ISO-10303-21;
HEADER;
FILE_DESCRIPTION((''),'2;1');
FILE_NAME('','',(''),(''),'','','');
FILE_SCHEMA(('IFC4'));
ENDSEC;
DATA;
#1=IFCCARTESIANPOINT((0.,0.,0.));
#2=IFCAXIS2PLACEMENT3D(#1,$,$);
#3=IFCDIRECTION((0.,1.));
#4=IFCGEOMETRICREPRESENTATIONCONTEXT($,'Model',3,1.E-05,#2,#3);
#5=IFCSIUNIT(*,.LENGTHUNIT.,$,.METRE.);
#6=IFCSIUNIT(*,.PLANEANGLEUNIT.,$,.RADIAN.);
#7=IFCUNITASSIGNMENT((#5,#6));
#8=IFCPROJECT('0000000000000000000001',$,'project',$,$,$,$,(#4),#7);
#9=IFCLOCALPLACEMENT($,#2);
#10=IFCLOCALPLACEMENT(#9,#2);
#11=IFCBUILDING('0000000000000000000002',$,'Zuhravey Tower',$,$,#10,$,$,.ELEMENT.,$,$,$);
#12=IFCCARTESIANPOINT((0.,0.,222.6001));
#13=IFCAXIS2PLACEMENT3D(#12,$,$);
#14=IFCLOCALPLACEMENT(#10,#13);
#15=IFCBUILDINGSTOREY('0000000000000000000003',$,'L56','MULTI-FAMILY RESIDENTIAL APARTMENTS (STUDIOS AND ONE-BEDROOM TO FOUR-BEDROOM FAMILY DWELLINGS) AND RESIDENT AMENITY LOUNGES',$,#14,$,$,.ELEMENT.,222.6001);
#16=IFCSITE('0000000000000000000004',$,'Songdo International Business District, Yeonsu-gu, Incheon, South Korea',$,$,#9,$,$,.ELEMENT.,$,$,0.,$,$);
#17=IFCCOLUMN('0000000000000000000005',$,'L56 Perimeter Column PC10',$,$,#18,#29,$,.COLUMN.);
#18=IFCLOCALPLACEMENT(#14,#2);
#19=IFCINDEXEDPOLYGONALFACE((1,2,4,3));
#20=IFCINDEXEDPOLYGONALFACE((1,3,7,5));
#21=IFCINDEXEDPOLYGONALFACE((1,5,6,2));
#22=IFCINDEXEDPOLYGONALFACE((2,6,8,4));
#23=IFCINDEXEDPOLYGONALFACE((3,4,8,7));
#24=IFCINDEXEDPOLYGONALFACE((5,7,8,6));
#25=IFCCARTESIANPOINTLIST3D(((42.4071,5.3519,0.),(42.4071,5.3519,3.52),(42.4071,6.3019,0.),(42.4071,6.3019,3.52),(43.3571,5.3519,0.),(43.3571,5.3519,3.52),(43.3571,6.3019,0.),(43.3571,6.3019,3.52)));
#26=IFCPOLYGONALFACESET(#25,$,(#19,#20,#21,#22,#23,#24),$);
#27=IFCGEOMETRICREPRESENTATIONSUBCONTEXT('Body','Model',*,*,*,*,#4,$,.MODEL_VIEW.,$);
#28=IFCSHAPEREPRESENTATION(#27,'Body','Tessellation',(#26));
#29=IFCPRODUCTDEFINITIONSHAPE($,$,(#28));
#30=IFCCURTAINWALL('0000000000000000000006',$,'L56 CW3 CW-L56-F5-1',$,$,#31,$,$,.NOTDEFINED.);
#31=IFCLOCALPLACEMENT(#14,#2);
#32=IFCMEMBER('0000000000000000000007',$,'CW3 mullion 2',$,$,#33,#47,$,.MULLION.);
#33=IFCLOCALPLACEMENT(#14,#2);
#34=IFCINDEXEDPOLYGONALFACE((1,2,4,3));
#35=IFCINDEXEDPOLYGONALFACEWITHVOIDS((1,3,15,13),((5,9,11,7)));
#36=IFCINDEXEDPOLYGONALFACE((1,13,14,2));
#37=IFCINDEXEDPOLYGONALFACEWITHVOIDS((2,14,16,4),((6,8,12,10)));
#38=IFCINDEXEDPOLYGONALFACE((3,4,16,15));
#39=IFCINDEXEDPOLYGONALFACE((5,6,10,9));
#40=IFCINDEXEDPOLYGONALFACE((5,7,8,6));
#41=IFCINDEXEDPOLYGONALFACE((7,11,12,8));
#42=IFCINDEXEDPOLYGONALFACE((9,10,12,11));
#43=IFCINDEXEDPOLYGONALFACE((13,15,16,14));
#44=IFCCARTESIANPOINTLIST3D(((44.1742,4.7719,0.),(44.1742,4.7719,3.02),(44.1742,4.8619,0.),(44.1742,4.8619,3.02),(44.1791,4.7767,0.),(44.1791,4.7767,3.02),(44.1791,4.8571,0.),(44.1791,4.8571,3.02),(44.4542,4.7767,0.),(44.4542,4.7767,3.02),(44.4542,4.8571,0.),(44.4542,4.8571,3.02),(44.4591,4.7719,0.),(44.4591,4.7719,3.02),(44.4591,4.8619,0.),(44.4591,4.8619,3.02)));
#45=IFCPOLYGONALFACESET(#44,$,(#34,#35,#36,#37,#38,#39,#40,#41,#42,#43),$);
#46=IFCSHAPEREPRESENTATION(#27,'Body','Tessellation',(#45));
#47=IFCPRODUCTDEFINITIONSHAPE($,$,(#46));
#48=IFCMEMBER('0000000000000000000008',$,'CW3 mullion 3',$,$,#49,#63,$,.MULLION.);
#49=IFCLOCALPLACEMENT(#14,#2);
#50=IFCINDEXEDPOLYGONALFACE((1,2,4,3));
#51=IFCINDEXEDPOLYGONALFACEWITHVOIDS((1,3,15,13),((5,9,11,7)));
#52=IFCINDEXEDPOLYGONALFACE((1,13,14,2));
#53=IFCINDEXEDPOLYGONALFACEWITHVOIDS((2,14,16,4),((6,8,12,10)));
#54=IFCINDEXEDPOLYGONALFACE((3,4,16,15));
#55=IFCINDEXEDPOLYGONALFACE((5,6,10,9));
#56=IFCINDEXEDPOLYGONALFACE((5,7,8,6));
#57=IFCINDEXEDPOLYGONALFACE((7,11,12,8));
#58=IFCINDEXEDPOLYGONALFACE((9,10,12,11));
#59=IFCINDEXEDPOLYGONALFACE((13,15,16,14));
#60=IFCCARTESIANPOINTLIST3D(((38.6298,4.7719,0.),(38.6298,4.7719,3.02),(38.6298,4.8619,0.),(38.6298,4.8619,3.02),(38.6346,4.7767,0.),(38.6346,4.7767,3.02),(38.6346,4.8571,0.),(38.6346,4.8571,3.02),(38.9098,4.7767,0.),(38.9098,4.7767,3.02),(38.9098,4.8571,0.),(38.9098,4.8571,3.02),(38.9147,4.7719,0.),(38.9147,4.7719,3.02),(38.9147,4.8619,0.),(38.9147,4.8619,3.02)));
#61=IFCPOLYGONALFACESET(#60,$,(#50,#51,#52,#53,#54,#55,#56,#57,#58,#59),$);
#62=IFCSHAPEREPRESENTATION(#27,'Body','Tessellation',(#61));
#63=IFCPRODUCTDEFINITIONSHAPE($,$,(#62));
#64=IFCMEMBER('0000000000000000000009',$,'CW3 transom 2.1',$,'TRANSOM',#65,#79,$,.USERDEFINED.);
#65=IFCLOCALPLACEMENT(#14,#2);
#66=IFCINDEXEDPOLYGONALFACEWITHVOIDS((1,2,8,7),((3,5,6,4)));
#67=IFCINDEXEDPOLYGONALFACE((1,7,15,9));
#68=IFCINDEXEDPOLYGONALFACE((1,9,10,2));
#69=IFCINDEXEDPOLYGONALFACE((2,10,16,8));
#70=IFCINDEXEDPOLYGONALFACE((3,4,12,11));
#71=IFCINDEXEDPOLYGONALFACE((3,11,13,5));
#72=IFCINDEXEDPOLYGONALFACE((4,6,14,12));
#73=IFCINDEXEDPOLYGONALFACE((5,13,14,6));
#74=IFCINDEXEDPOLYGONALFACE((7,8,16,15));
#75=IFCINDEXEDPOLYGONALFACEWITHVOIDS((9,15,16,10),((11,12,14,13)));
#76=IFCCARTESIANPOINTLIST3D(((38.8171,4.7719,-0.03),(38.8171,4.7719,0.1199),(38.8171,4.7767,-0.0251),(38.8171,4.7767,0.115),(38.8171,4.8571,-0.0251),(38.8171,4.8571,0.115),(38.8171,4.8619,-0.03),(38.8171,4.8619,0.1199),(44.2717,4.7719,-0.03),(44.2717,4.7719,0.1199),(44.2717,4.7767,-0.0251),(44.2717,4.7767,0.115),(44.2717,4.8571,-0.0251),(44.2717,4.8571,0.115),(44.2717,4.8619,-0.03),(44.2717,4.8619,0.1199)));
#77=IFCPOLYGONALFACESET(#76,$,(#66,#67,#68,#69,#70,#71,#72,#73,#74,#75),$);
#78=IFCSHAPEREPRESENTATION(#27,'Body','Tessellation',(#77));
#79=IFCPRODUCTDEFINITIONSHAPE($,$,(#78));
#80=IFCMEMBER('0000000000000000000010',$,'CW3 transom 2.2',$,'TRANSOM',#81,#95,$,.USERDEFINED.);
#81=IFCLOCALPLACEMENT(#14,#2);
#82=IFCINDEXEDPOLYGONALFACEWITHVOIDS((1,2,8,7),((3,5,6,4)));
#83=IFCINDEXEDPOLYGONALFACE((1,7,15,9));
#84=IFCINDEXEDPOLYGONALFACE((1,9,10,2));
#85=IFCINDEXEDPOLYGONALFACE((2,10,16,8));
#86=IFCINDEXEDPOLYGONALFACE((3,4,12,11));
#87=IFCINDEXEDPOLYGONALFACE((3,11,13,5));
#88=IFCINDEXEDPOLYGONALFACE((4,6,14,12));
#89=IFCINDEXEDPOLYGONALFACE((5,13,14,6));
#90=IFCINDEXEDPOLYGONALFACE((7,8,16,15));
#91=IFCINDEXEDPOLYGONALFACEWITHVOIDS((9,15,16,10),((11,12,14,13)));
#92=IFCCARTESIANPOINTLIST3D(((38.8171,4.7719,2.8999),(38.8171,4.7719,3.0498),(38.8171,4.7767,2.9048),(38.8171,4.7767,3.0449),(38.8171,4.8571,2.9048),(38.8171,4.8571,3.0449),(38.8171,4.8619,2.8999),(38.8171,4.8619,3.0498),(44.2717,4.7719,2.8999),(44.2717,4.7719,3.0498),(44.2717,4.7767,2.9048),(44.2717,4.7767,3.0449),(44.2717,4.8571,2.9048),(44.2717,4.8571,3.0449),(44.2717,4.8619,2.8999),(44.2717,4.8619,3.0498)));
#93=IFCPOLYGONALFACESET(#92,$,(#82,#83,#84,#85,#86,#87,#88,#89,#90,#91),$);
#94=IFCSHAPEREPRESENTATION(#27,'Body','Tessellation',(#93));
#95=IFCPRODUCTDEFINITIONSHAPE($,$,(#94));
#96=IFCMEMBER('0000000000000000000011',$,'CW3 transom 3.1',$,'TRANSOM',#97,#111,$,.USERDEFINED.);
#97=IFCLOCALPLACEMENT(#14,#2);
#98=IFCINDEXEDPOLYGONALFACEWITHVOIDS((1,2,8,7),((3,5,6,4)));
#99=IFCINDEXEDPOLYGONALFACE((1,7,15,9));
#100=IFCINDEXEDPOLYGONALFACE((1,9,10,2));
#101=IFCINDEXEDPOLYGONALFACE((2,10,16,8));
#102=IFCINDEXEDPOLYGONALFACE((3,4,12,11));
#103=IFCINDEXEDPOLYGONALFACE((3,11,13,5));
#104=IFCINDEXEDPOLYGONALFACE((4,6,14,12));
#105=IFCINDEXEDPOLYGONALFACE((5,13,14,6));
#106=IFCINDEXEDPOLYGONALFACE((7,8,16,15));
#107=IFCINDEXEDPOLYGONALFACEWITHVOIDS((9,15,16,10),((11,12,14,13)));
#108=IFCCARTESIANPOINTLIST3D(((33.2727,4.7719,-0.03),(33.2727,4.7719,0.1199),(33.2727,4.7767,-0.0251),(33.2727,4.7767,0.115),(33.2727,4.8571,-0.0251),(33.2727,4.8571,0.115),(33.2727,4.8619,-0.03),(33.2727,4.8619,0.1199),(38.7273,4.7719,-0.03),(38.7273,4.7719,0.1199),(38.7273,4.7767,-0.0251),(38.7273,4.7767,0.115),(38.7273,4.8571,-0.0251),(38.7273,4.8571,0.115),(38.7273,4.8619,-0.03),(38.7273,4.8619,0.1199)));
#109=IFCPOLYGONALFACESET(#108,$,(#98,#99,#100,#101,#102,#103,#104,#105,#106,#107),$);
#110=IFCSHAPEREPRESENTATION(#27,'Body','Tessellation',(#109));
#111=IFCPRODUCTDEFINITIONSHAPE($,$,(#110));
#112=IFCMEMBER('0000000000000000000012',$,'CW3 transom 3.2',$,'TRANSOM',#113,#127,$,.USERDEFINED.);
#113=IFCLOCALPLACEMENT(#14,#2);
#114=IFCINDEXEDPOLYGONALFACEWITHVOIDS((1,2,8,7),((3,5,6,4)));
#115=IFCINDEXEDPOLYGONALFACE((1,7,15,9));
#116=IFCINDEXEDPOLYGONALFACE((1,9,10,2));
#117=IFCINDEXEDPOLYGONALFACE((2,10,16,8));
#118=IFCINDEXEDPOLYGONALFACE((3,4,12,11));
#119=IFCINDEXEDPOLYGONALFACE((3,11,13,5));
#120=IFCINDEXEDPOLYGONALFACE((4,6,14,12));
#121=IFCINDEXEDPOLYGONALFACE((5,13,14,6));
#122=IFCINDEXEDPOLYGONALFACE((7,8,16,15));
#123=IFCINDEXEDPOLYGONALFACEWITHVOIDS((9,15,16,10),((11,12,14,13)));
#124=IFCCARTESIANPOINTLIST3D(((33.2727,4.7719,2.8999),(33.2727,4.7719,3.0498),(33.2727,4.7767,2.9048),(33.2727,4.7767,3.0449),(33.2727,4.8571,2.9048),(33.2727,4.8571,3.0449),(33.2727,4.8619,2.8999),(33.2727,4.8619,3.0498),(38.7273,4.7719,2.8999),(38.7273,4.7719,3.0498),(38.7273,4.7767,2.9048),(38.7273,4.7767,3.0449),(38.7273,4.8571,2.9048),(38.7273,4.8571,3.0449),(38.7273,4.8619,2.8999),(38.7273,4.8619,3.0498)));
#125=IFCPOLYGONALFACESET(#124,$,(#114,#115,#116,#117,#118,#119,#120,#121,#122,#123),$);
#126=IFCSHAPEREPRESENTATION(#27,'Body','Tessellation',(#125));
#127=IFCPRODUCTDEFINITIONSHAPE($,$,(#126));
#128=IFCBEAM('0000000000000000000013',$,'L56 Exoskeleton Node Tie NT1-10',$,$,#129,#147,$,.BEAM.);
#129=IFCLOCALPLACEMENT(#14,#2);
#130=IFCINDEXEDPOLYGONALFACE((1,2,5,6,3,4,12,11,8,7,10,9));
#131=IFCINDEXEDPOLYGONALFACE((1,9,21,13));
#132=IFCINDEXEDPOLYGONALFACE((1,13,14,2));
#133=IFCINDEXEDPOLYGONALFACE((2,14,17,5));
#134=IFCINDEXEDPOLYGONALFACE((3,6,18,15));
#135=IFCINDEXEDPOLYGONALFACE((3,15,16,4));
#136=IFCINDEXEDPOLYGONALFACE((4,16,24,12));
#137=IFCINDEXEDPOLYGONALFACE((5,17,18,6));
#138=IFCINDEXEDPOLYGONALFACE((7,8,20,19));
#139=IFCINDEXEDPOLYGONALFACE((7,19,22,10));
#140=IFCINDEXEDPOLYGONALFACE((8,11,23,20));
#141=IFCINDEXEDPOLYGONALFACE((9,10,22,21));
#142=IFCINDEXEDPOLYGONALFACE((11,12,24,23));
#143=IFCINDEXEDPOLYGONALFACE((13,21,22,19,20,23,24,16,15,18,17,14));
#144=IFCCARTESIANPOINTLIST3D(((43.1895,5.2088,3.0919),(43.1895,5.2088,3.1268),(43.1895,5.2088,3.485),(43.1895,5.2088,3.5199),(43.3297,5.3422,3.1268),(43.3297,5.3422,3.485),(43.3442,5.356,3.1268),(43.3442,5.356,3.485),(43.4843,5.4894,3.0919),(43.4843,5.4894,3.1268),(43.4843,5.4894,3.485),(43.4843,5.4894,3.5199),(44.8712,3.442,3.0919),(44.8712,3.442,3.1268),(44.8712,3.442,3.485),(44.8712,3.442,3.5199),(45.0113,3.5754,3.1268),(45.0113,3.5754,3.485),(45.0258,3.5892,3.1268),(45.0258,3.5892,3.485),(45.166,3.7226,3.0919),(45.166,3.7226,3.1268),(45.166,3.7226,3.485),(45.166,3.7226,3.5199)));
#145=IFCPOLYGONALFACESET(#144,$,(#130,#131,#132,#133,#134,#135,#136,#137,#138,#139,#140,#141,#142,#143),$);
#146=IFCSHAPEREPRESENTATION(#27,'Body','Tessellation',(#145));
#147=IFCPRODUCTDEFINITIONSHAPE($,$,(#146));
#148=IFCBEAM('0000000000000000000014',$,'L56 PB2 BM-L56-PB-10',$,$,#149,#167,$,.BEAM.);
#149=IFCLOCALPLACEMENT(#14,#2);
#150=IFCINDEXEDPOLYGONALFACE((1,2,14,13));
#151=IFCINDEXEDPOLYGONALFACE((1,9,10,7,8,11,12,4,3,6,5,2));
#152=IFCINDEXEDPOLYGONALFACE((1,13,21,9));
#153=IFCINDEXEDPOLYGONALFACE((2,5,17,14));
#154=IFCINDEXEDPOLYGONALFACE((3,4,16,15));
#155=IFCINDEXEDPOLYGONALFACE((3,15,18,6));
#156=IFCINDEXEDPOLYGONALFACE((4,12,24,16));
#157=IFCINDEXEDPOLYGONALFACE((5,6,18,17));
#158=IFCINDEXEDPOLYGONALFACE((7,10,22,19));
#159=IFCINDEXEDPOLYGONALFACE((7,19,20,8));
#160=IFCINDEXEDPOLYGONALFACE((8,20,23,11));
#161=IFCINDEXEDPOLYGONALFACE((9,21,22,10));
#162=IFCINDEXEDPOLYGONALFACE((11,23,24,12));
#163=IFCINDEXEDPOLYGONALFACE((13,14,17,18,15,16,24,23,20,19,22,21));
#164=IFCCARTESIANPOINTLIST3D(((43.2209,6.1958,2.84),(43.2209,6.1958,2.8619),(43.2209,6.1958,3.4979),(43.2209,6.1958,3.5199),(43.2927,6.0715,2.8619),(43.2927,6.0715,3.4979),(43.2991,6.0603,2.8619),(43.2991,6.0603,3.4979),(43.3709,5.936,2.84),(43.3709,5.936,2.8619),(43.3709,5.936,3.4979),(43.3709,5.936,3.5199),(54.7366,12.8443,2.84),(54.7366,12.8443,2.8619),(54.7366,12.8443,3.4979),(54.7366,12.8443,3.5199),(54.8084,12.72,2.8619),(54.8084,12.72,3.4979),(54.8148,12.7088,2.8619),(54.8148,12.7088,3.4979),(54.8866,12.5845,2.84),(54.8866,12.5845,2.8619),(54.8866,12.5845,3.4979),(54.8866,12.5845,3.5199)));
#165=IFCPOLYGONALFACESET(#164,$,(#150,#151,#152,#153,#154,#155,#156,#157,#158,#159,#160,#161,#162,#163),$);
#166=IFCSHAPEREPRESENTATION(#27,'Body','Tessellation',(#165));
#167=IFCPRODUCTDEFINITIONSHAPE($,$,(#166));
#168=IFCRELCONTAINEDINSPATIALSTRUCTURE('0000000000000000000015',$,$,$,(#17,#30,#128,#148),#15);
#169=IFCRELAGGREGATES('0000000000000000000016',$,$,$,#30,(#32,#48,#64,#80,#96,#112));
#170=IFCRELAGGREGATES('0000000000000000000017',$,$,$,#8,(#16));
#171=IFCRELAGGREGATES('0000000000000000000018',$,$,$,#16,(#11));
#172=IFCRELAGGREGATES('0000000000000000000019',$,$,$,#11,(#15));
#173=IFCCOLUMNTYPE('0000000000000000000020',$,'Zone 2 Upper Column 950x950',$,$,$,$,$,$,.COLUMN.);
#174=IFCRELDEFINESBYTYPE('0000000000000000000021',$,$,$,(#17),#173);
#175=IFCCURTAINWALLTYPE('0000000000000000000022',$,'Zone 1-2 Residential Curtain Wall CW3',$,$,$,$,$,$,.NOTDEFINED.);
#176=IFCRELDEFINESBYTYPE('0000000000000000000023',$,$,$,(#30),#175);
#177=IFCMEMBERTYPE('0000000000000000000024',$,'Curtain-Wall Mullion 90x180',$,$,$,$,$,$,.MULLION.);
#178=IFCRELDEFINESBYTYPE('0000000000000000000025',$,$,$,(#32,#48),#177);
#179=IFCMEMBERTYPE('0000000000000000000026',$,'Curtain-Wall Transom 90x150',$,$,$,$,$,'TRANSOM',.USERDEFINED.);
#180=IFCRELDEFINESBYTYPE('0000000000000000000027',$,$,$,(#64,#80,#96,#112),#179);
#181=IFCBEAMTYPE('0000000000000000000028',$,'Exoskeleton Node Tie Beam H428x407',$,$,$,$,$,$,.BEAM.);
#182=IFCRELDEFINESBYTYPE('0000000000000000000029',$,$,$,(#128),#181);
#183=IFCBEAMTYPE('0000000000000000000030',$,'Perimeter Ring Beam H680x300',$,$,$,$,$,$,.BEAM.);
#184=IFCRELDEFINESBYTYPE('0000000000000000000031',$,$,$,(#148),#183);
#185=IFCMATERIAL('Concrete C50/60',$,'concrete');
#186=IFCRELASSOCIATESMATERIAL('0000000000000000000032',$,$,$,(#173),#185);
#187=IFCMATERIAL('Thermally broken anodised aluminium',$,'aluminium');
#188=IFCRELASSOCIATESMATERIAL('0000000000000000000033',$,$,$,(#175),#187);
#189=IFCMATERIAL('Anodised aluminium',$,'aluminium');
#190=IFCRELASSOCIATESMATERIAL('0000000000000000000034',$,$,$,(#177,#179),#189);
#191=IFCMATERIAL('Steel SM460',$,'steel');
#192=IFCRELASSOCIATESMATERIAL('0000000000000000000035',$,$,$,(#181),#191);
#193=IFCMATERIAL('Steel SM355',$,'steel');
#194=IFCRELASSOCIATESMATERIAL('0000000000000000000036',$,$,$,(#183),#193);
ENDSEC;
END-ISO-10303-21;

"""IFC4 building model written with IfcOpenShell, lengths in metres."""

from ifc_helpers import new_model, si_unit, direction, frame, origin, origin_2d, place, context, subcontext, project, spatial, rectangle, hollow_rectangle, i_section, extrude, material, material_profile, profile_set, type_object, element, aggregate, save


model = new_model("IFC4")

# Units and contexts
model_context = context("Model", 3, precision=1e-05, world=origin(), true_north=direction((0.0, 1.0)))
body_context = subcontext(model_context, "Body", "Model", "MODEL_VIEW")
ifc_project = project(units=[si_unit("LENGTHUNIT", "METRE"), si_unit("PLANEANGLEUNIT", "RADIAN")], contexts=[model_context])

# Site, building, storey
site_placement = place(None, origin())
site = spatial("IfcSite", under=ifc_project, at=site_placement, Name="Songdo International Business District, Yeonsu-gu, Incheon, South Korea", CompositionType="ELEMENT", RefElevation=0.0)
building_placement = place(site_placement, origin())
building = spatial("IfcBuilding", under=site, at=building_placement, Name="Zuhravey Tower", CompositionType="ELEMENT")
storey_placement = place(building_placement, frame((0.0, 0.0, 222.6001)))
storey = spatial("IfcBuildingStorey", under=building, at=storey_placement, Name="L56", Description="MULTI-FAMILY RESIDENTIAL APARTMENTS (STUDIOS AND ONE-BEDROOM TO FOUR-BEDROOM FAMILY DWELLINGS) AND RESIDENT AMENITY LOUNGES", CompositionType="ELEMENT", Elevation=222.6001)

# Column
ifc_material_1 = material(Name="Concrete C50/60", Category="concrete")
ifc_material_profile_1 = material_profile(ifc_material_1, rectangle(XDim=0.95, YDim=0.95, at=origin_2d()), Name="RC-950x950")
ifc_profile_set_1 = profile_set([ifc_material_profile_1], Name="Concrete C50/60")
column_type = type_object("IfcColumnType", Name="Zone 2 Upper Column 950x950", PredefinedType="COLUMN", material=ifc_profile_set_1)
column_placement = place(storey_placement, frame((42.8821, 5.8269, 0.0), z_axis=(0.0, 0.0, 1.0), x_axis=(1.0, 0.0, 0.0)))
element("IfcColumn", 1, at=column_placement, inside=storey, type_object=column_type, Name="L56 Perimeter Column PC10", PredefinedType="COLUMN", context=body_context, shape_type="SweptSolid", body=[
    extrude(rectangle(XDim=0.95, YDim=0.95, at=origin_2d()), origin(), (0.0, 0.0, 1.0), 3.52),
])

# Curtain wall, members
ifc_material_2 = material(Name="Thermally broken anodised aluminium", Category="aluminium")
curtain_wall_type = type_object("IfcCurtainWallType", Name="Zone 1-2 Residential Curtain Wall CW3", PredefinedType="NOTDEFINED", material=ifc_material_2)
curtain_wall_placement = place(storey_placement, origin())
curtain_wall = element("IfcCurtainWall", 2, at=curtain_wall_placement, inside=storey, type_object=curtain_wall_type, Name="L56 CW3 CW-L56-F5-1", PredefinedType="NOTDEFINED")
ifc_material_3 = material(Name="Anodised aluminium", Category="aluminium")
ifc_material_profile_2 = material_profile(ifc_material_3, hollow_rectangle(XDim=0.0901, YDim=0.2849, WallThickness=0.0049, at=origin_2d()), Name="ALU-RHS-90x285x5")
ifc_profile_set_2 = profile_set([ifc_material_profile_2], Name="Anodised aluminium")
member_type_1 = type_object("IfcMemberType", Name="Curtain-Wall Mullion 90x180", PredefinedType="MULLION", material=ifc_profile_set_2)
member_1_placement = place(storey_placement, frame((44.3167, 4.8169, 0.0), z_axis=(0.0, 0.0, 1.0), x_axis=(0.0, -1.0, 0.0)))
member_1 = element("IfcMember", 3, at=member_1_placement, type_object=member_type_1, Name="CW3 mullion 2", PredefinedType="MULLION", context=body_context, shape_type="SweptSolid", body=[
    extrude(hollow_rectangle(XDim=0.0901, YDim=0.2849, WallThickness=0.0049, at=origin_2d()), origin(), (0.0, 0.0, 1.0), 3.02),
])
member_2_placement = place(storey_placement, frame((38.7722, 4.8169, 0.0), z_axis=(0.0, 0.0, 1.0), x_axis=(0.0, -1.0, 0.0)))
member_2 = element("IfcMember", 4, at=member_2_placement, type_object=member_type_1, Name="CW3 mullion 3", PredefinedType="MULLION", context=body_context, shape_type="SweptSolid", body=[
    extrude(hollow_rectangle(XDim=0.0901, YDim=0.2849, WallThickness=0.0049, at=origin_2d()), origin(), (0.0, 0.0, 1.0), 3.02),
])
ifc_material_profile_3 = material_profile(ifc_material_3, hollow_rectangle(XDim=0.0901, YDim=0.1499, WallThickness=0.0049, at=origin_2d()), Name="ALU-RHS-90x150x5")
ifc_profile_set_3 = profile_set([ifc_material_profile_3], Name="Anodised aluminium")
member_type_2 = type_object("IfcMemberType", Name="Curtain-Wall Transom 90x150", ElementType="TRANSOM", PredefinedType="USERDEFINED", material=ifc_profile_set_3)
member_3_placement = place(storey_placement, frame((44.2717, 4.8169, 0.0449), z_axis=(-1.0, 0.0, 0.0), x_axis=(0.0, -1.0, 0.0)))
member_3 = element("IfcMember", 5, at=member_3_placement, type_object=member_type_2, Name="CW3 transom 2.1", ObjectType="TRANSOM", PredefinedType="USERDEFINED", context=body_context, shape_type="SweptSolid", body=[
    extrude(hollow_rectangle(XDim=0.0901, YDim=0.1499, WallThickness=0.0049, at=origin_2d()), origin(), (0.0, 0.0, 1.0), 5.4546),
])
member_4_placement = place(storey_placement, frame((44.2717, 4.8169, 2.9749), z_axis=(-1.0, 0.0, 0.0), x_axis=(0.0, -1.0, 0.0)))
member_4 = element("IfcMember", 6, at=member_4_placement, type_object=member_type_2, Name="CW3 transom 2.2", ObjectType="TRANSOM", PredefinedType="USERDEFINED", context=body_context, shape_type="SweptSolid", body=[
    extrude(hollow_rectangle(XDim=0.0901, YDim=0.1499, WallThickness=0.0049, at=origin_2d()), origin(), (0.0, 0.0, 1.0), 5.4546),
])
member_5_placement = place(storey_placement, frame((38.7273, 4.8169, 0.0449), z_axis=(-1.0, 0.0, 0.0), x_axis=(0.0, -1.0, 0.0)))
member_5 = element("IfcMember", 7, at=member_5_placement, type_object=member_type_2, Name="CW3 transom 3.1", ObjectType="TRANSOM", PredefinedType="USERDEFINED", context=body_context, shape_type="SweptSolid", body=[
    extrude(hollow_rectangle(XDim=0.0901, YDim=0.1499, WallThickness=0.0049, at=origin_2d()), origin(), (0.0, 0.0, 1.0), 5.4546),
])
member_6_placement = place(storey_placement, frame((38.7273, 4.8169, 2.9749), z_axis=(-1.0, 0.0, 0.0), x_axis=(0.0, -1.0, 0.0)))
member_6 = element("IfcMember", 8, at=member_6_placement, type_object=member_type_2, Name="CW3 transom 3.2", ObjectType="TRANSOM", PredefinedType="USERDEFINED", context=body_context, shape_type="SweptSolid", body=[
    extrude(hollow_rectangle(XDim=0.0901, YDim=0.1499, WallThickness=0.0049, at=origin_2d()), origin(), (0.0, 0.0, 1.0), 5.4546),
])

# Beams
ifc_material_4 = material(Name="Steel SM460", Category="steel")
ifc_material_profile_4 = material_profile(ifc_material_4, i_section(OverallWidth=0.407, OverallDepth=0.428, WebThickness=0.02, FlangeThickness=0.0349, at=origin_2d()), Name="H-428x407x20x35")
ifc_profile_set_4 = profile_set([ifc_material_profile_4], Name="Steel SM460")
beam_type_1 = type_object("IfcBeamType", Name="Exoskeleton Node Tie Beam H428x407", PredefinedType="BEAM", material=ifc_profile_set_4)
beam_1_placement = place(storey_placement, frame((43.3369, 5.3491, 3.3059), z_axis=(0.689425, -0.724357, 0.0), x_axis=(0.724357, 0.689425, 0.0)))
element("IfcBeam", 9, at=beam_1_placement, inside=storey, type_object=beam_type_1, Name="L56 Exoskeleton Node Tie NT1-10", PredefinedType="BEAM", context=body_context, shape_type="SweptSolid", body=[
    extrude(i_section(OverallWidth=0.407, OverallDepth=0.428, WebThickness=0.02, FlangeThickness=0.0349, at=origin_2d()), origin(), (0.0, 0.0, 1.0), 2.4392),
])
ifc_material_5 = material(Name="Steel SM355", Category="steel")
ifc_material_profile_5 = material_profile(ifc_material_5, i_section(OverallWidth=0.3, OverallDepth=0.6799, WebThickness=0.0129, FlangeThickness=0.022, at=origin_2d()), Name="H-680x300x13x22")
ifc_profile_set_5 = profile_set([ifc_material_profile_5], Name="Steel SM355")
beam_type_2 = type_object("IfcBeamType", Name="Perimeter Ring Beam H680x300", PredefinedType="BEAM", material=ifc_profile_set_5)
beam_2_placement = place(storey_placement, frame((43.2959, 6.0659, 3.1799), z_axis=(0.866029, 0.499994, 0.0), x_axis=(-0.499994, 0.866029, 0.0)))
element("IfcBeam", 10, at=beam_2_placement, inside=storey, type_object=beam_type_2, Name="L56 PB2 BM-L56-PB-10", PredefinedType="BEAM", context=body_context, shape_type="SweptSolid", body=[
    extrude(i_section(OverallWidth=0.3, OverallDepth=0.6799, WebThickness=0.0129, FlangeThickness=0.022, at=origin_2d()), origin(), (0.0, 0.0, 1.0), 13.2971),
])

aggregate(curtain_wall, [member_1, member_2, member_3, member_4, member_5, member_6])

save(model, "model.ifc")
